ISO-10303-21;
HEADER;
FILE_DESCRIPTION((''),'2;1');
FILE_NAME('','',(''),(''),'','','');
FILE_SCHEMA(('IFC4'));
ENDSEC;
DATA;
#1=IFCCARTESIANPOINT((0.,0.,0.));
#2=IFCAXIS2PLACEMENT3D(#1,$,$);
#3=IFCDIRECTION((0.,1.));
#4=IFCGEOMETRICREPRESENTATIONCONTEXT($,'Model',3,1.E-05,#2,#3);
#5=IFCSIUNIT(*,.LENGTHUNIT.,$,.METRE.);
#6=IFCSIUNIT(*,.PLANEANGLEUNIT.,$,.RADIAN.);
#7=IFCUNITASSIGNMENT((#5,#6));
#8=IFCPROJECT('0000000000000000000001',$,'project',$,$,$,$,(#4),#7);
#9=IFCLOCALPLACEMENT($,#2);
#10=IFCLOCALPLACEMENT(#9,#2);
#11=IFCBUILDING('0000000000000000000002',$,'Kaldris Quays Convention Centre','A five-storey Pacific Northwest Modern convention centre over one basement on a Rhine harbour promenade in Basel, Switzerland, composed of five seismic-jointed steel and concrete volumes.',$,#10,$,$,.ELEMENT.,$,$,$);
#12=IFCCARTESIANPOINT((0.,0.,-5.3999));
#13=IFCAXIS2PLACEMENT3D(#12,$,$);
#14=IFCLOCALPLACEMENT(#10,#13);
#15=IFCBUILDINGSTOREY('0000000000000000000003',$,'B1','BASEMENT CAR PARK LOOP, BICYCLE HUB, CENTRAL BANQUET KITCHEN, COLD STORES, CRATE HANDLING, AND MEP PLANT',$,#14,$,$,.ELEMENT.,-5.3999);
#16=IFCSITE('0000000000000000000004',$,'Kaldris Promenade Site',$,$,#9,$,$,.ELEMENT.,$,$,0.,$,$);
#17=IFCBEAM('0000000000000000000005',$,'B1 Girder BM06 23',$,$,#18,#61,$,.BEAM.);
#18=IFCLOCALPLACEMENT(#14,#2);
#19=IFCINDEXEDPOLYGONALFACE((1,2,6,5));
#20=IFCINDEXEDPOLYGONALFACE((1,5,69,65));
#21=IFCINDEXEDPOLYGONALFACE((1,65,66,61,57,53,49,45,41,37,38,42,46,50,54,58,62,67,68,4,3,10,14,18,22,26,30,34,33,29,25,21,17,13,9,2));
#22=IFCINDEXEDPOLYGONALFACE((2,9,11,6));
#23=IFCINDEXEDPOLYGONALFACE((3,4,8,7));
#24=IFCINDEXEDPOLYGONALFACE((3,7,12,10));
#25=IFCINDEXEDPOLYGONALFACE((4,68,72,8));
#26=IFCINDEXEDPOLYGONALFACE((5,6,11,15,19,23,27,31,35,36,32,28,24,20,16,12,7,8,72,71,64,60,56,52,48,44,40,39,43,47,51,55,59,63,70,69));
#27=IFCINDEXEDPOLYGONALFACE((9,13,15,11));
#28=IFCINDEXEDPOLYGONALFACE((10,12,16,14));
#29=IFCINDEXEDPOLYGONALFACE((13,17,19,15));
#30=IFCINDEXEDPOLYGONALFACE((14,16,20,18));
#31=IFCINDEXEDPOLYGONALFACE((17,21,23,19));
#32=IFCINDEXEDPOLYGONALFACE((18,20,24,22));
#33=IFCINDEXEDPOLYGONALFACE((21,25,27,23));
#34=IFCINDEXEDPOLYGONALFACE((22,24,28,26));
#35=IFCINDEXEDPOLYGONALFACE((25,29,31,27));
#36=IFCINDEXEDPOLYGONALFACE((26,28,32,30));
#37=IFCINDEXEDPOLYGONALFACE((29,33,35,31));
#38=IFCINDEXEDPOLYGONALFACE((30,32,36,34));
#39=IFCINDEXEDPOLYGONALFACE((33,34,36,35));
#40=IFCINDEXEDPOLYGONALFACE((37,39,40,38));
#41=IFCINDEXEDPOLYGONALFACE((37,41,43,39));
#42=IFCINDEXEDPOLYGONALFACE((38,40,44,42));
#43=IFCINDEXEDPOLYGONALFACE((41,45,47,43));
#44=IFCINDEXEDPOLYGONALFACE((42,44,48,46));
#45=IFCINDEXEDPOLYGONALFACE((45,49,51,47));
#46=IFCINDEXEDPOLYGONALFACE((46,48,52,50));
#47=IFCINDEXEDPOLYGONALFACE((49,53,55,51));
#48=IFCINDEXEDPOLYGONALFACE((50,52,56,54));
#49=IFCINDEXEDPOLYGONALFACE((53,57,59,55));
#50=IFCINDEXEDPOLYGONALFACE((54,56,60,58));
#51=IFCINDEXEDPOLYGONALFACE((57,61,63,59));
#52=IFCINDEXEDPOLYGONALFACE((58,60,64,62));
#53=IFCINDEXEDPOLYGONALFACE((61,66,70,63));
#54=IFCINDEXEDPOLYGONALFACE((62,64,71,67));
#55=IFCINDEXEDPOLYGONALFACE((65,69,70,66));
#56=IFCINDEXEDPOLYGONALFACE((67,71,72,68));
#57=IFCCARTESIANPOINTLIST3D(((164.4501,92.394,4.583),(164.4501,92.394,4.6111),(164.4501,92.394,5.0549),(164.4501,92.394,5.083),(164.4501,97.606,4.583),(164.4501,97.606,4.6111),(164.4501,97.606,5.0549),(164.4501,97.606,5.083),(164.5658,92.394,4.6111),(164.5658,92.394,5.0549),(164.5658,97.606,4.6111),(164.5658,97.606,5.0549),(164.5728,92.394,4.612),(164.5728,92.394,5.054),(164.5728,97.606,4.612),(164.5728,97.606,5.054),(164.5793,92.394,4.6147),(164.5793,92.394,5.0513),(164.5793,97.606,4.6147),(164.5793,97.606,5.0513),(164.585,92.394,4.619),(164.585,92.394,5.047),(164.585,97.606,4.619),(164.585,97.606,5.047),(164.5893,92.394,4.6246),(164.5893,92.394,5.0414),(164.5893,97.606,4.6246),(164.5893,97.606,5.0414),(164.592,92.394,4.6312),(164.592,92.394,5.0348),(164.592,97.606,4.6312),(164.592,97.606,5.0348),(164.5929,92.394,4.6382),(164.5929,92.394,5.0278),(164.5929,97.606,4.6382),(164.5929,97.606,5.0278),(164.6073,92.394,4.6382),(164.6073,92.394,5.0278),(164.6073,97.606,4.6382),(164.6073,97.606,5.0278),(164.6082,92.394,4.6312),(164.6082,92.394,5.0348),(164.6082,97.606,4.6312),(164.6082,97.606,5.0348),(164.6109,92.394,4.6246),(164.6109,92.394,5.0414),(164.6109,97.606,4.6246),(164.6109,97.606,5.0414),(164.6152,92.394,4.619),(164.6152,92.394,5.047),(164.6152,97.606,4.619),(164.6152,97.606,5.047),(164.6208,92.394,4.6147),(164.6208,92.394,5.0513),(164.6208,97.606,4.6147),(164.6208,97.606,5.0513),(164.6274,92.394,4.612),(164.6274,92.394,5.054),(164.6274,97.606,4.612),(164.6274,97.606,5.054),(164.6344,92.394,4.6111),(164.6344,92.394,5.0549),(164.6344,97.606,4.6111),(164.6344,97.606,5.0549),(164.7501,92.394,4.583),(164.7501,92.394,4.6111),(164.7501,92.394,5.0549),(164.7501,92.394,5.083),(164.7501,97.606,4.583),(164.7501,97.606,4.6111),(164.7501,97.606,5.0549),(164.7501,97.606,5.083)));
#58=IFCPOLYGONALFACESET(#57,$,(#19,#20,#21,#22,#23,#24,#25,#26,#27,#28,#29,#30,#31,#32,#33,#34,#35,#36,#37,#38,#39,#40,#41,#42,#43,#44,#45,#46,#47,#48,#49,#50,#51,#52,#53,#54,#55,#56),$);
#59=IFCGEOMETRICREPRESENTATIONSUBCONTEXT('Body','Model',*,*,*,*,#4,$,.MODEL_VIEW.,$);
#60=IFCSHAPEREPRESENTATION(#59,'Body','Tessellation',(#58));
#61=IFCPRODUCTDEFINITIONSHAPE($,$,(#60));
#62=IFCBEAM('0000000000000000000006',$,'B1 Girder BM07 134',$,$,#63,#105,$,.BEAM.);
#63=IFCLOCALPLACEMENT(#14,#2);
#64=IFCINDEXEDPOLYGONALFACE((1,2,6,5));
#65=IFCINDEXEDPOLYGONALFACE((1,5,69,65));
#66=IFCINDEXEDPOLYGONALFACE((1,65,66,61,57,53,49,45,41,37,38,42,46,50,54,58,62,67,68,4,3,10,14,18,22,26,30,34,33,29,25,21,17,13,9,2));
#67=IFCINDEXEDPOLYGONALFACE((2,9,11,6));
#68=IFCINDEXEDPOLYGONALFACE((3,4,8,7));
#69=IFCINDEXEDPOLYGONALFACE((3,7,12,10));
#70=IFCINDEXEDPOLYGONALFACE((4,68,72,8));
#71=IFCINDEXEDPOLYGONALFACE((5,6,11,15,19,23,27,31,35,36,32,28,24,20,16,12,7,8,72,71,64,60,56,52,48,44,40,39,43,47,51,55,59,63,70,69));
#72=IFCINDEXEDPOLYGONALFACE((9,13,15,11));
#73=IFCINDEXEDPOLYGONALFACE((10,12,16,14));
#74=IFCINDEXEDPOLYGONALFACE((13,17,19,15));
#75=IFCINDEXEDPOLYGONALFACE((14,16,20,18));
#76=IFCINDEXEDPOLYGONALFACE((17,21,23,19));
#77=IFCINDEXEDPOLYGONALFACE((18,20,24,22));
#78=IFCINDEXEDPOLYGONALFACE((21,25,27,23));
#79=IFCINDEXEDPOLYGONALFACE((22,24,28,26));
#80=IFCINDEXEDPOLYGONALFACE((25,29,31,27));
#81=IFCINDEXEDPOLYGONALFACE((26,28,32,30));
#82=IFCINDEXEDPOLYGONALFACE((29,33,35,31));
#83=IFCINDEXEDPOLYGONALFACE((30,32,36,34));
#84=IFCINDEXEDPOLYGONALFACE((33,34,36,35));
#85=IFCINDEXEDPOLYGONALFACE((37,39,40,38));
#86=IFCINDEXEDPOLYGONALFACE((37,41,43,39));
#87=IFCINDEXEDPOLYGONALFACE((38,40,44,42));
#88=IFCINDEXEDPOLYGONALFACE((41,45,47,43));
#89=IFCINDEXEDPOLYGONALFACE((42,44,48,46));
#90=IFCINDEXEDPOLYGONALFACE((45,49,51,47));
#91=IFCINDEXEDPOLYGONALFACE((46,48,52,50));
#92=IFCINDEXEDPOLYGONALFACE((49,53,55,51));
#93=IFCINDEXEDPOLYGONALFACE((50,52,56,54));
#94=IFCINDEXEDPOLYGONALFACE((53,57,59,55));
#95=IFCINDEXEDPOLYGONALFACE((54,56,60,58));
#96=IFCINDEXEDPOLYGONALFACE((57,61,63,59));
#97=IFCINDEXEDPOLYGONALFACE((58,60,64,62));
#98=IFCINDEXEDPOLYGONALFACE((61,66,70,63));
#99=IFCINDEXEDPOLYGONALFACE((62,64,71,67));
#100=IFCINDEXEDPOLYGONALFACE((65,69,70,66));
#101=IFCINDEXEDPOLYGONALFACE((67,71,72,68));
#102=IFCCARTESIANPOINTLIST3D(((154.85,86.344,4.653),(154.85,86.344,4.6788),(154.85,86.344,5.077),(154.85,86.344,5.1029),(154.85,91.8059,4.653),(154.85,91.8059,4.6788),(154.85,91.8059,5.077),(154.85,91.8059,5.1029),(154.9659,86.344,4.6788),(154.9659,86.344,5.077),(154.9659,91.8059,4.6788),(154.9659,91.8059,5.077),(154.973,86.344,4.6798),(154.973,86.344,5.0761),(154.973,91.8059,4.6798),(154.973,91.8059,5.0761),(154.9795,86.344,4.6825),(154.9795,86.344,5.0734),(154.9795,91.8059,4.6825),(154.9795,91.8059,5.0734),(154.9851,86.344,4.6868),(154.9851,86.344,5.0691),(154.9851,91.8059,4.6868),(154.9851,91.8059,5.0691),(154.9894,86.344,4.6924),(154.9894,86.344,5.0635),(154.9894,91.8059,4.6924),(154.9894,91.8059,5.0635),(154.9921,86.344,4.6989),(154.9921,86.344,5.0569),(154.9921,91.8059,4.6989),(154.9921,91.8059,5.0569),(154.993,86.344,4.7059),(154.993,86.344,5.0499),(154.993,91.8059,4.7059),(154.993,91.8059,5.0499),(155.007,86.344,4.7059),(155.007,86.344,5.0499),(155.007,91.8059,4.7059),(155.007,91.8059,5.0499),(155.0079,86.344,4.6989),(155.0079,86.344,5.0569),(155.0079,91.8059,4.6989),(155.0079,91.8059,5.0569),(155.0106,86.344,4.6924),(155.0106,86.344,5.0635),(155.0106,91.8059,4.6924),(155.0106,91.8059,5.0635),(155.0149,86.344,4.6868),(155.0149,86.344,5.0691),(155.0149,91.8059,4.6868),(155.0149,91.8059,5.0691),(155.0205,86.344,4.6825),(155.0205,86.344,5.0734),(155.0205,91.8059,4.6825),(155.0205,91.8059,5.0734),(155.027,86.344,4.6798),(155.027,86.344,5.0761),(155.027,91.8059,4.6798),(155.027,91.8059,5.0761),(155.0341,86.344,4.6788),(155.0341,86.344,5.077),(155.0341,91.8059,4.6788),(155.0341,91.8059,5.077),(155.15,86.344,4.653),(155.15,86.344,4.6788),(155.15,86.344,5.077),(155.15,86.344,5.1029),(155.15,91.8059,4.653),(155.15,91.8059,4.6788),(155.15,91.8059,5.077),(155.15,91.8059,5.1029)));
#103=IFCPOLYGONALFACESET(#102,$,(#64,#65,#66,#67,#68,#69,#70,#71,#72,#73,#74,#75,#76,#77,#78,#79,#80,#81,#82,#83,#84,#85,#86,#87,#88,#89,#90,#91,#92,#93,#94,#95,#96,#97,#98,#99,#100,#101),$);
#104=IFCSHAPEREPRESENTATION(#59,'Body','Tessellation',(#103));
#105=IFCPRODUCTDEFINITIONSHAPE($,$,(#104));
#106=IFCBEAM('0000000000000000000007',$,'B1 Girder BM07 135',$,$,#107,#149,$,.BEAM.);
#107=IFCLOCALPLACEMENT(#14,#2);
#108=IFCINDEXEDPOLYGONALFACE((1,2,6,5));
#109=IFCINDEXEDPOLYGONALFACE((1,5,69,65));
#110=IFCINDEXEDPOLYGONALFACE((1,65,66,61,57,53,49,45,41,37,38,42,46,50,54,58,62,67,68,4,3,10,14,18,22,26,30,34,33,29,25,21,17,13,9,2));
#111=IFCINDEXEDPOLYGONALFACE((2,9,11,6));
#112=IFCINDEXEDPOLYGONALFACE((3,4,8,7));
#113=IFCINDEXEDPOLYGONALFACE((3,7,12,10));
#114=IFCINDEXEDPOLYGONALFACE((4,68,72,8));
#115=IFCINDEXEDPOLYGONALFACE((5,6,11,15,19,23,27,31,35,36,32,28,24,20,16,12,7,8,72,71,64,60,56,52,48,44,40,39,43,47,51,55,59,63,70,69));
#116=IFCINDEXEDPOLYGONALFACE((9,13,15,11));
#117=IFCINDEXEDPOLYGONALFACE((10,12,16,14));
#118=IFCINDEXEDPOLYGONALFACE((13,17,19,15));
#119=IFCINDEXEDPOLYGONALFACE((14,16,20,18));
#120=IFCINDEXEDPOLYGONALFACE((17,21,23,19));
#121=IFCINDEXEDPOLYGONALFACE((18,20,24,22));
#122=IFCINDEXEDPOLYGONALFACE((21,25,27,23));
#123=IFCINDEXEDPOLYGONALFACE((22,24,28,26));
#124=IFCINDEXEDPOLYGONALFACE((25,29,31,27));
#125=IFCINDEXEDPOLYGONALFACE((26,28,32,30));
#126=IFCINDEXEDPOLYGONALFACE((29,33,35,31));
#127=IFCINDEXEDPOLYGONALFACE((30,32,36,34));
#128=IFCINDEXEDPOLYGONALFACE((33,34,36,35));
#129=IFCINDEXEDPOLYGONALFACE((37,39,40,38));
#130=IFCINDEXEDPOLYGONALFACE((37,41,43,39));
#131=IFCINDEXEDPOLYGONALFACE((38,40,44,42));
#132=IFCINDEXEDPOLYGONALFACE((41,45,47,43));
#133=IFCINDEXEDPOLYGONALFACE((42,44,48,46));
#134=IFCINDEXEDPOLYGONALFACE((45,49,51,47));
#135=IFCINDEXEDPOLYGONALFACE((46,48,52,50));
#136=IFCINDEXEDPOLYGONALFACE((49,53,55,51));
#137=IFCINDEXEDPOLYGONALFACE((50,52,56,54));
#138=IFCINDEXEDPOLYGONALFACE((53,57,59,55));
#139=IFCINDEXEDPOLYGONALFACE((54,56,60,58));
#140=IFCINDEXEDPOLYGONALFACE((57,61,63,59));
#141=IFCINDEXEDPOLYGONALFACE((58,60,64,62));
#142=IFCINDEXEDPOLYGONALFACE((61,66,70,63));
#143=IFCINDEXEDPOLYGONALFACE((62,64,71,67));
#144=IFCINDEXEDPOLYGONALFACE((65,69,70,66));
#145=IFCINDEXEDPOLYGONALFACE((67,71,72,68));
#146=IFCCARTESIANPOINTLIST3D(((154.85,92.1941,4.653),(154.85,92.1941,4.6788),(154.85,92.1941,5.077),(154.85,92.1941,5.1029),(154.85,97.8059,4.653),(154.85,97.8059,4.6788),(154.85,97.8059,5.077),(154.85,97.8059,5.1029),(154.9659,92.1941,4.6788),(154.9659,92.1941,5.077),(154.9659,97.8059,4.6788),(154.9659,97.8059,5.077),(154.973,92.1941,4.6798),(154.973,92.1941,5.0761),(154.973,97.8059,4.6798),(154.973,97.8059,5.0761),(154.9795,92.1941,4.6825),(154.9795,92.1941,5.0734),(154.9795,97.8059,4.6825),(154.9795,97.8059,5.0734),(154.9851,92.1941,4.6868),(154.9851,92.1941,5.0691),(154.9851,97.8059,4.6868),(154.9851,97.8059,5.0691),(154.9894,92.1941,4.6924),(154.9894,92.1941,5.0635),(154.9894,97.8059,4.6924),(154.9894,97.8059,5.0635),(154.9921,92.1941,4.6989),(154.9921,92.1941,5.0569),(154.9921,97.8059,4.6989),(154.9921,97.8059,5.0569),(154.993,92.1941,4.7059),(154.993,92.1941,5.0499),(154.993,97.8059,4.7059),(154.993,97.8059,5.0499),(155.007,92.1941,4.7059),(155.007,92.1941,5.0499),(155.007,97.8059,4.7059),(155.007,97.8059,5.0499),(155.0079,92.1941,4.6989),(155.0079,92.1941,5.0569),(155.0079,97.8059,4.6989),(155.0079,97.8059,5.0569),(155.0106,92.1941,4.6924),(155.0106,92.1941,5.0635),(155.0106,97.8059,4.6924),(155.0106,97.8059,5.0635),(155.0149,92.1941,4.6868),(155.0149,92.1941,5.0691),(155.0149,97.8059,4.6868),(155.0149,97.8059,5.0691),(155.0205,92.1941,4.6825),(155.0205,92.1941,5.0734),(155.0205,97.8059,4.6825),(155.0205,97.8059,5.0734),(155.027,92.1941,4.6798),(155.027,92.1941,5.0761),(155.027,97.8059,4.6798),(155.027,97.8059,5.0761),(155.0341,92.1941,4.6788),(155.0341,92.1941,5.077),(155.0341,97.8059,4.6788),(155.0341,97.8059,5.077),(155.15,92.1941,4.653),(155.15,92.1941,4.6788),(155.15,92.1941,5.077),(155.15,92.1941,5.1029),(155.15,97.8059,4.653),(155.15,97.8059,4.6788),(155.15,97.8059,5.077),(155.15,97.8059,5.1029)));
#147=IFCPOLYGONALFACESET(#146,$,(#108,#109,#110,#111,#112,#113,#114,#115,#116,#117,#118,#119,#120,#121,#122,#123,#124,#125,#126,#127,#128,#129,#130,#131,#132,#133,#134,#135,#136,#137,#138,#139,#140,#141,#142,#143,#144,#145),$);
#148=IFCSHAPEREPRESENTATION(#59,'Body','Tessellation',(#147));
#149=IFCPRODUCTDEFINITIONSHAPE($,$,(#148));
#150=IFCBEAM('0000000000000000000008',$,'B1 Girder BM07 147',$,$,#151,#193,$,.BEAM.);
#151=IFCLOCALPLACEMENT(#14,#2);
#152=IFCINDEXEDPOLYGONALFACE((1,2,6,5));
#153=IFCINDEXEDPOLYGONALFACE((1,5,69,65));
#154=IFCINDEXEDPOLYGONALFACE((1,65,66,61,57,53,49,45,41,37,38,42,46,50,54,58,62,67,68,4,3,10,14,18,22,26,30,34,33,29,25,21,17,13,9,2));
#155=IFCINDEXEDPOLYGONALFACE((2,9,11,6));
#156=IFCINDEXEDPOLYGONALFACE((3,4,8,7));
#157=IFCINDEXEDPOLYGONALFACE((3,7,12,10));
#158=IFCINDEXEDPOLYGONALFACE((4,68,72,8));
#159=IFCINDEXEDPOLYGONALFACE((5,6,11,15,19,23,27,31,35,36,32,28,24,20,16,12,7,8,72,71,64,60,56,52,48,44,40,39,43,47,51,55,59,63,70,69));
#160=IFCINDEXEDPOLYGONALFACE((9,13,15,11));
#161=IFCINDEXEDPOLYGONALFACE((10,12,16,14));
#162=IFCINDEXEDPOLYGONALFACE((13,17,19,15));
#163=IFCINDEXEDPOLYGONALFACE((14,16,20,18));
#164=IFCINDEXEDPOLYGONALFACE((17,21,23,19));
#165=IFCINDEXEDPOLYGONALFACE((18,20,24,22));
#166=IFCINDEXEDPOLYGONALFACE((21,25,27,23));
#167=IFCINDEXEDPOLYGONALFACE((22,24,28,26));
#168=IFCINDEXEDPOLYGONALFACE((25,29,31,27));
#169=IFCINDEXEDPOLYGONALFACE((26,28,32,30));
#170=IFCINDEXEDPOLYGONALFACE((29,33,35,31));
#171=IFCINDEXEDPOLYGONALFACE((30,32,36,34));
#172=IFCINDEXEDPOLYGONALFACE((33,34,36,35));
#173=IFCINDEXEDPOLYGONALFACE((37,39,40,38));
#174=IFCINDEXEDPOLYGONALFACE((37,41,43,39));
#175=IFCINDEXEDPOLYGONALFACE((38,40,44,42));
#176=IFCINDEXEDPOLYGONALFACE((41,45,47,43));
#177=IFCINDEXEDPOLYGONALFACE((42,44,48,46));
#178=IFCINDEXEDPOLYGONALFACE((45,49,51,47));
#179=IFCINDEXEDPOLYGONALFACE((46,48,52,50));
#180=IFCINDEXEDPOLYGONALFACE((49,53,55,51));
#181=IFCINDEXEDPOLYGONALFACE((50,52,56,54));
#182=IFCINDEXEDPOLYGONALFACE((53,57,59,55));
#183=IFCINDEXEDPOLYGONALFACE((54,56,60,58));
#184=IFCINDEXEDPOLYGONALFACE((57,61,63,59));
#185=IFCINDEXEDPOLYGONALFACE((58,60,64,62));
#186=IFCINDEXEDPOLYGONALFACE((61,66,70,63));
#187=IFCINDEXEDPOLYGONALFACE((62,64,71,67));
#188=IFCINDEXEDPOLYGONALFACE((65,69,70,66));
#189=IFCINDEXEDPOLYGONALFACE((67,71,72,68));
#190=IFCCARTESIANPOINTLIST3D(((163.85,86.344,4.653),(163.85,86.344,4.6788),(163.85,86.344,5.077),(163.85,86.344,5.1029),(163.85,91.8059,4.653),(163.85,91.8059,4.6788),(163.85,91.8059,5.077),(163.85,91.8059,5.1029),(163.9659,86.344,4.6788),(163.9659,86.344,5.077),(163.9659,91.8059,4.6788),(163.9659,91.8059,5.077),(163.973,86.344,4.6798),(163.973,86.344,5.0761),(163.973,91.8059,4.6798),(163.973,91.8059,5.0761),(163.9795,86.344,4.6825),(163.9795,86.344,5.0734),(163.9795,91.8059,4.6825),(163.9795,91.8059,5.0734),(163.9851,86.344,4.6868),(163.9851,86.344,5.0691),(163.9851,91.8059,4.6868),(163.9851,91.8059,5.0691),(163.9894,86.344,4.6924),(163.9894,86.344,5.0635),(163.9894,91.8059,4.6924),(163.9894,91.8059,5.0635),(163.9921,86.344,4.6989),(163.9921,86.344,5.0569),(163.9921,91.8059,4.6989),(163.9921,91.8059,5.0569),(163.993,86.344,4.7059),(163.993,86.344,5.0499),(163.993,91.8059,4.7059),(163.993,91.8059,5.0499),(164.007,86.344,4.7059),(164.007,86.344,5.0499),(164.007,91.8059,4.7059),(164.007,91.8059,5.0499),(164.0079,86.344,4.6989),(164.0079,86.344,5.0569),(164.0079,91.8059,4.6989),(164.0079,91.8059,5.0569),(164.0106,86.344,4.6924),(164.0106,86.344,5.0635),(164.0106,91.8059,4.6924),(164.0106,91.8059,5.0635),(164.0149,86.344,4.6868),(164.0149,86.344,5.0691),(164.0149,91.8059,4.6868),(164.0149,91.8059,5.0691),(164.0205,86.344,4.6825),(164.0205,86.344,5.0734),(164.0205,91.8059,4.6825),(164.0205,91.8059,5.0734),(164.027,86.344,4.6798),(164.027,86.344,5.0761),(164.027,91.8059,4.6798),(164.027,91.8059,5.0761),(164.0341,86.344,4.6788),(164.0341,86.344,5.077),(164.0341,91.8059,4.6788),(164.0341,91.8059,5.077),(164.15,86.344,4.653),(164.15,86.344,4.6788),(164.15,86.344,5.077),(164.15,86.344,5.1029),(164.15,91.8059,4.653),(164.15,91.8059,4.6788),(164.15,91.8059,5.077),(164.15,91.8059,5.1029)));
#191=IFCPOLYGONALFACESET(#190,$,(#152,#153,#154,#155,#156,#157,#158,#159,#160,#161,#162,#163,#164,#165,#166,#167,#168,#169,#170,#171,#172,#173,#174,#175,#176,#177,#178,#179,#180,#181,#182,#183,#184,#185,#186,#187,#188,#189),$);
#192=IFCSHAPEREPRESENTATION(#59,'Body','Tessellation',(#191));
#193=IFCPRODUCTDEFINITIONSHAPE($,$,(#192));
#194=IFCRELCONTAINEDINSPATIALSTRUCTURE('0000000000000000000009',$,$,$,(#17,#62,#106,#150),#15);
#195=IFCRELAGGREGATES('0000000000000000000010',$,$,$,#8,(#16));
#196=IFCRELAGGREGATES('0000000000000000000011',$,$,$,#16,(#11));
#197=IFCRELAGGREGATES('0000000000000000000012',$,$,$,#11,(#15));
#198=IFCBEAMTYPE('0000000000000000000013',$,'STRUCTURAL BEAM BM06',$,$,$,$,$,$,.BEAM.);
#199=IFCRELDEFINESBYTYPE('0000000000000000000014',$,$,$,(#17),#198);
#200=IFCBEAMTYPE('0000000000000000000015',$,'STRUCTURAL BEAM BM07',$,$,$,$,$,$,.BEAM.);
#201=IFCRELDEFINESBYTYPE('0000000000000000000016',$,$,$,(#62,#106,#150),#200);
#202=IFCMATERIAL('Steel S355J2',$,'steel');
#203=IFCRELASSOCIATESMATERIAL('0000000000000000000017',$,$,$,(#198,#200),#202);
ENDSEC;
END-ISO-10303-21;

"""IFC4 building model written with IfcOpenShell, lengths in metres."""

from ifc_helpers import new_model, si_unit, direction, frame, origin, origin_2d, place, context, subcontext, project, spatial, i_section, extrude, material, material_profile, profile_set, type_object, element, save


model = new_model("IFC4")

# Units and contexts
model_context = context("Model", 3, precision=1e-05, world=origin(), true_north=direction((0.0, 1.0)))
body_context = subcontext(model_context, "Body", "Model", "MODEL_VIEW")
ifc_project = project(units=[si_unit("LENGTHUNIT", "METRE"), si_unit("PLANEANGLEUNIT", "RADIAN")], contexts=[model_context])

# Site, building, storey
site_placement = place(None, origin())
site = spatial("IfcSite", under=ifc_project, at=site_placement, Name="Kaldris Promenade Site", CompositionType="ELEMENT", RefElevation=0.0)
building_placement = place(site_placement, origin())
building = spatial("IfcBuilding", under=site, at=building_placement, Name="Kaldris Quays Convention Centre", Description="A five-storey Pacific Northwest Modern convention centre over one basement on a Rhine harbour promenade in Basel, Switzerland, composed of five seismic-jointed steel and concrete volumes.", CompositionType="ELEMENT")
storey_placement = place(building_placement, frame((0.0, 0.0, -5.3999)))
storey = spatial("IfcBuildingStorey", under=building, at=storey_placement, Name="B1", Description="BASEMENT CAR PARK LOOP, BICYCLE HUB, CENTRAL BANQUET KITCHEN, COLD STORES, CRATE HANDLING, AND MEP PLANT", CompositionType="ELEMENT", Elevation=-5.3999)

# Shared definitions
ifc_material_1 = material(Name="Steel S355J2", Category="steel")

# Beams
ifc_material_profile_1 = material_profile(ifc_material_1, i_section(OverallWidth=0.3, OverallDepth=0.5, WebThickness=0.0144, FlangeThickness=0.0281, FilletRadius=0.0271, at=origin_2d()), Name="HEB 500")
ifc_profile_set_1 = profile_set([ifc_material_profile_1], Name="Steel S355J2")
beam_type_1 = type_object("IfcBeamType", Name="STRUCTURAL BEAM BM06", PredefinedType="BEAM", material=ifc_profile_set_1)
for number, where, z_axis, x_axis, name in (
    (1, (164.6001, 92.394, 4.833), (0.0, 1.0, 0.0), (-1.0, 0.0, 0.0), "B1 Girder BM06 23"),
):
    element("IfcBeam", number, at=place(storey_placement, frame(where, z_axis=z_axis, x_axis=x_axis)), inside=storey, type_object=beam_type_1, Name=name, PredefinedType="BEAM", context=body_context, shape_type="SweptSolid", body=[
        extrude(i_section(OverallWidth=0.3, OverallDepth=0.5, WebThickness=0.0144, FlangeThickness=0.0281, FilletRadius=0.0271, at=origin_2d()), origin(), (0.0, 0.0, 1.0), 5.2119),
    ])
ifc_material_profile_2 = material_profile(ifc_material_1, i_section(OverallWidth=0.3, OverallDepth=0.45, WebThickness=0.0139, FlangeThickness=0.0259, FilletRadius=0.0271, at=origin_2d()), Name="HEB 450")
ifc_profile_set_2 = profile_set([ifc_material_profile_2], Name="Steel S355J2")
beam_type_2 = type_object("IfcBeamType", Name="STRUCTURAL BEAM BM07", PredefinedType="BEAM", material=ifc_profile_set_2)
beam_1_placement = place(storey_placement, frame((155.0, 86.344, 4.8779), z_axis=(0.0, 1.0, 0.0), x_axis=(-1.0, 0.0, 0.0)))
element("IfcBeam", 2, at=beam_1_placement, inside=storey, type_object=beam_type_2, Name="B1 Girder BM07 134", PredefinedType="BEAM", context=body_context, shape_type="SweptSolid", body=[
    extrude(i_section(OverallWidth=0.3, OverallDepth=0.45, WebThickness=0.0139, FlangeThickness=0.0259, FilletRadius=0.0271, at=origin_2d()), origin(), (0.0, 0.0, 1.0), 5.4619),
])
beam_2_placement = place(storey_placement, frame((155.0, 92.1941, 4.8779), z_axis=(0.0, 1.0, 0.0), x_axis=(-1.0, 0.0, 0.0)))
element("IfcBeam", 3, at=beam_2_placement, inside=storey, type_object=beam_type_2, Name="B1 Girder BM07 135", PredefinedType="BEAM", context=body_context, shape_type="SweptSolid", body=[
    extrude(i_section(OverallWidth=0.3, OverallDepth=0.45, WebThickness=0.0139, FlangeThickness=0.0259, FilletRadius=0.0271, at=origin_2d()), origin(), (0.0, 0.0, 1.0), 5.6118),
])
beam_3_placement = place(storey_placement, frame((164.0, 86.344, 4.8779), z_axis=(0.0, 1.0, 0.0), x_axis=(-1.0, 0.0, 0.0)))
element("IfcBeam", 4, at=beam_3_placement, inside=storey, type_object=beam_type_2, Name="B1 Girder BM07 147", PredefinedType="BEAM", context=body_context, shape_type="SweptSolid", body=[
    extrude(i_section(OverallWidth=0.3, OverallDepth=0.45, WebThickness=0.0139, FlangeThickness=0.0259, FilletRadius=0.0271, at=origin_2d()), origin(), (0.0, 0.0, 1.0), 5.4619),
])

save(model, "model.ifc")
